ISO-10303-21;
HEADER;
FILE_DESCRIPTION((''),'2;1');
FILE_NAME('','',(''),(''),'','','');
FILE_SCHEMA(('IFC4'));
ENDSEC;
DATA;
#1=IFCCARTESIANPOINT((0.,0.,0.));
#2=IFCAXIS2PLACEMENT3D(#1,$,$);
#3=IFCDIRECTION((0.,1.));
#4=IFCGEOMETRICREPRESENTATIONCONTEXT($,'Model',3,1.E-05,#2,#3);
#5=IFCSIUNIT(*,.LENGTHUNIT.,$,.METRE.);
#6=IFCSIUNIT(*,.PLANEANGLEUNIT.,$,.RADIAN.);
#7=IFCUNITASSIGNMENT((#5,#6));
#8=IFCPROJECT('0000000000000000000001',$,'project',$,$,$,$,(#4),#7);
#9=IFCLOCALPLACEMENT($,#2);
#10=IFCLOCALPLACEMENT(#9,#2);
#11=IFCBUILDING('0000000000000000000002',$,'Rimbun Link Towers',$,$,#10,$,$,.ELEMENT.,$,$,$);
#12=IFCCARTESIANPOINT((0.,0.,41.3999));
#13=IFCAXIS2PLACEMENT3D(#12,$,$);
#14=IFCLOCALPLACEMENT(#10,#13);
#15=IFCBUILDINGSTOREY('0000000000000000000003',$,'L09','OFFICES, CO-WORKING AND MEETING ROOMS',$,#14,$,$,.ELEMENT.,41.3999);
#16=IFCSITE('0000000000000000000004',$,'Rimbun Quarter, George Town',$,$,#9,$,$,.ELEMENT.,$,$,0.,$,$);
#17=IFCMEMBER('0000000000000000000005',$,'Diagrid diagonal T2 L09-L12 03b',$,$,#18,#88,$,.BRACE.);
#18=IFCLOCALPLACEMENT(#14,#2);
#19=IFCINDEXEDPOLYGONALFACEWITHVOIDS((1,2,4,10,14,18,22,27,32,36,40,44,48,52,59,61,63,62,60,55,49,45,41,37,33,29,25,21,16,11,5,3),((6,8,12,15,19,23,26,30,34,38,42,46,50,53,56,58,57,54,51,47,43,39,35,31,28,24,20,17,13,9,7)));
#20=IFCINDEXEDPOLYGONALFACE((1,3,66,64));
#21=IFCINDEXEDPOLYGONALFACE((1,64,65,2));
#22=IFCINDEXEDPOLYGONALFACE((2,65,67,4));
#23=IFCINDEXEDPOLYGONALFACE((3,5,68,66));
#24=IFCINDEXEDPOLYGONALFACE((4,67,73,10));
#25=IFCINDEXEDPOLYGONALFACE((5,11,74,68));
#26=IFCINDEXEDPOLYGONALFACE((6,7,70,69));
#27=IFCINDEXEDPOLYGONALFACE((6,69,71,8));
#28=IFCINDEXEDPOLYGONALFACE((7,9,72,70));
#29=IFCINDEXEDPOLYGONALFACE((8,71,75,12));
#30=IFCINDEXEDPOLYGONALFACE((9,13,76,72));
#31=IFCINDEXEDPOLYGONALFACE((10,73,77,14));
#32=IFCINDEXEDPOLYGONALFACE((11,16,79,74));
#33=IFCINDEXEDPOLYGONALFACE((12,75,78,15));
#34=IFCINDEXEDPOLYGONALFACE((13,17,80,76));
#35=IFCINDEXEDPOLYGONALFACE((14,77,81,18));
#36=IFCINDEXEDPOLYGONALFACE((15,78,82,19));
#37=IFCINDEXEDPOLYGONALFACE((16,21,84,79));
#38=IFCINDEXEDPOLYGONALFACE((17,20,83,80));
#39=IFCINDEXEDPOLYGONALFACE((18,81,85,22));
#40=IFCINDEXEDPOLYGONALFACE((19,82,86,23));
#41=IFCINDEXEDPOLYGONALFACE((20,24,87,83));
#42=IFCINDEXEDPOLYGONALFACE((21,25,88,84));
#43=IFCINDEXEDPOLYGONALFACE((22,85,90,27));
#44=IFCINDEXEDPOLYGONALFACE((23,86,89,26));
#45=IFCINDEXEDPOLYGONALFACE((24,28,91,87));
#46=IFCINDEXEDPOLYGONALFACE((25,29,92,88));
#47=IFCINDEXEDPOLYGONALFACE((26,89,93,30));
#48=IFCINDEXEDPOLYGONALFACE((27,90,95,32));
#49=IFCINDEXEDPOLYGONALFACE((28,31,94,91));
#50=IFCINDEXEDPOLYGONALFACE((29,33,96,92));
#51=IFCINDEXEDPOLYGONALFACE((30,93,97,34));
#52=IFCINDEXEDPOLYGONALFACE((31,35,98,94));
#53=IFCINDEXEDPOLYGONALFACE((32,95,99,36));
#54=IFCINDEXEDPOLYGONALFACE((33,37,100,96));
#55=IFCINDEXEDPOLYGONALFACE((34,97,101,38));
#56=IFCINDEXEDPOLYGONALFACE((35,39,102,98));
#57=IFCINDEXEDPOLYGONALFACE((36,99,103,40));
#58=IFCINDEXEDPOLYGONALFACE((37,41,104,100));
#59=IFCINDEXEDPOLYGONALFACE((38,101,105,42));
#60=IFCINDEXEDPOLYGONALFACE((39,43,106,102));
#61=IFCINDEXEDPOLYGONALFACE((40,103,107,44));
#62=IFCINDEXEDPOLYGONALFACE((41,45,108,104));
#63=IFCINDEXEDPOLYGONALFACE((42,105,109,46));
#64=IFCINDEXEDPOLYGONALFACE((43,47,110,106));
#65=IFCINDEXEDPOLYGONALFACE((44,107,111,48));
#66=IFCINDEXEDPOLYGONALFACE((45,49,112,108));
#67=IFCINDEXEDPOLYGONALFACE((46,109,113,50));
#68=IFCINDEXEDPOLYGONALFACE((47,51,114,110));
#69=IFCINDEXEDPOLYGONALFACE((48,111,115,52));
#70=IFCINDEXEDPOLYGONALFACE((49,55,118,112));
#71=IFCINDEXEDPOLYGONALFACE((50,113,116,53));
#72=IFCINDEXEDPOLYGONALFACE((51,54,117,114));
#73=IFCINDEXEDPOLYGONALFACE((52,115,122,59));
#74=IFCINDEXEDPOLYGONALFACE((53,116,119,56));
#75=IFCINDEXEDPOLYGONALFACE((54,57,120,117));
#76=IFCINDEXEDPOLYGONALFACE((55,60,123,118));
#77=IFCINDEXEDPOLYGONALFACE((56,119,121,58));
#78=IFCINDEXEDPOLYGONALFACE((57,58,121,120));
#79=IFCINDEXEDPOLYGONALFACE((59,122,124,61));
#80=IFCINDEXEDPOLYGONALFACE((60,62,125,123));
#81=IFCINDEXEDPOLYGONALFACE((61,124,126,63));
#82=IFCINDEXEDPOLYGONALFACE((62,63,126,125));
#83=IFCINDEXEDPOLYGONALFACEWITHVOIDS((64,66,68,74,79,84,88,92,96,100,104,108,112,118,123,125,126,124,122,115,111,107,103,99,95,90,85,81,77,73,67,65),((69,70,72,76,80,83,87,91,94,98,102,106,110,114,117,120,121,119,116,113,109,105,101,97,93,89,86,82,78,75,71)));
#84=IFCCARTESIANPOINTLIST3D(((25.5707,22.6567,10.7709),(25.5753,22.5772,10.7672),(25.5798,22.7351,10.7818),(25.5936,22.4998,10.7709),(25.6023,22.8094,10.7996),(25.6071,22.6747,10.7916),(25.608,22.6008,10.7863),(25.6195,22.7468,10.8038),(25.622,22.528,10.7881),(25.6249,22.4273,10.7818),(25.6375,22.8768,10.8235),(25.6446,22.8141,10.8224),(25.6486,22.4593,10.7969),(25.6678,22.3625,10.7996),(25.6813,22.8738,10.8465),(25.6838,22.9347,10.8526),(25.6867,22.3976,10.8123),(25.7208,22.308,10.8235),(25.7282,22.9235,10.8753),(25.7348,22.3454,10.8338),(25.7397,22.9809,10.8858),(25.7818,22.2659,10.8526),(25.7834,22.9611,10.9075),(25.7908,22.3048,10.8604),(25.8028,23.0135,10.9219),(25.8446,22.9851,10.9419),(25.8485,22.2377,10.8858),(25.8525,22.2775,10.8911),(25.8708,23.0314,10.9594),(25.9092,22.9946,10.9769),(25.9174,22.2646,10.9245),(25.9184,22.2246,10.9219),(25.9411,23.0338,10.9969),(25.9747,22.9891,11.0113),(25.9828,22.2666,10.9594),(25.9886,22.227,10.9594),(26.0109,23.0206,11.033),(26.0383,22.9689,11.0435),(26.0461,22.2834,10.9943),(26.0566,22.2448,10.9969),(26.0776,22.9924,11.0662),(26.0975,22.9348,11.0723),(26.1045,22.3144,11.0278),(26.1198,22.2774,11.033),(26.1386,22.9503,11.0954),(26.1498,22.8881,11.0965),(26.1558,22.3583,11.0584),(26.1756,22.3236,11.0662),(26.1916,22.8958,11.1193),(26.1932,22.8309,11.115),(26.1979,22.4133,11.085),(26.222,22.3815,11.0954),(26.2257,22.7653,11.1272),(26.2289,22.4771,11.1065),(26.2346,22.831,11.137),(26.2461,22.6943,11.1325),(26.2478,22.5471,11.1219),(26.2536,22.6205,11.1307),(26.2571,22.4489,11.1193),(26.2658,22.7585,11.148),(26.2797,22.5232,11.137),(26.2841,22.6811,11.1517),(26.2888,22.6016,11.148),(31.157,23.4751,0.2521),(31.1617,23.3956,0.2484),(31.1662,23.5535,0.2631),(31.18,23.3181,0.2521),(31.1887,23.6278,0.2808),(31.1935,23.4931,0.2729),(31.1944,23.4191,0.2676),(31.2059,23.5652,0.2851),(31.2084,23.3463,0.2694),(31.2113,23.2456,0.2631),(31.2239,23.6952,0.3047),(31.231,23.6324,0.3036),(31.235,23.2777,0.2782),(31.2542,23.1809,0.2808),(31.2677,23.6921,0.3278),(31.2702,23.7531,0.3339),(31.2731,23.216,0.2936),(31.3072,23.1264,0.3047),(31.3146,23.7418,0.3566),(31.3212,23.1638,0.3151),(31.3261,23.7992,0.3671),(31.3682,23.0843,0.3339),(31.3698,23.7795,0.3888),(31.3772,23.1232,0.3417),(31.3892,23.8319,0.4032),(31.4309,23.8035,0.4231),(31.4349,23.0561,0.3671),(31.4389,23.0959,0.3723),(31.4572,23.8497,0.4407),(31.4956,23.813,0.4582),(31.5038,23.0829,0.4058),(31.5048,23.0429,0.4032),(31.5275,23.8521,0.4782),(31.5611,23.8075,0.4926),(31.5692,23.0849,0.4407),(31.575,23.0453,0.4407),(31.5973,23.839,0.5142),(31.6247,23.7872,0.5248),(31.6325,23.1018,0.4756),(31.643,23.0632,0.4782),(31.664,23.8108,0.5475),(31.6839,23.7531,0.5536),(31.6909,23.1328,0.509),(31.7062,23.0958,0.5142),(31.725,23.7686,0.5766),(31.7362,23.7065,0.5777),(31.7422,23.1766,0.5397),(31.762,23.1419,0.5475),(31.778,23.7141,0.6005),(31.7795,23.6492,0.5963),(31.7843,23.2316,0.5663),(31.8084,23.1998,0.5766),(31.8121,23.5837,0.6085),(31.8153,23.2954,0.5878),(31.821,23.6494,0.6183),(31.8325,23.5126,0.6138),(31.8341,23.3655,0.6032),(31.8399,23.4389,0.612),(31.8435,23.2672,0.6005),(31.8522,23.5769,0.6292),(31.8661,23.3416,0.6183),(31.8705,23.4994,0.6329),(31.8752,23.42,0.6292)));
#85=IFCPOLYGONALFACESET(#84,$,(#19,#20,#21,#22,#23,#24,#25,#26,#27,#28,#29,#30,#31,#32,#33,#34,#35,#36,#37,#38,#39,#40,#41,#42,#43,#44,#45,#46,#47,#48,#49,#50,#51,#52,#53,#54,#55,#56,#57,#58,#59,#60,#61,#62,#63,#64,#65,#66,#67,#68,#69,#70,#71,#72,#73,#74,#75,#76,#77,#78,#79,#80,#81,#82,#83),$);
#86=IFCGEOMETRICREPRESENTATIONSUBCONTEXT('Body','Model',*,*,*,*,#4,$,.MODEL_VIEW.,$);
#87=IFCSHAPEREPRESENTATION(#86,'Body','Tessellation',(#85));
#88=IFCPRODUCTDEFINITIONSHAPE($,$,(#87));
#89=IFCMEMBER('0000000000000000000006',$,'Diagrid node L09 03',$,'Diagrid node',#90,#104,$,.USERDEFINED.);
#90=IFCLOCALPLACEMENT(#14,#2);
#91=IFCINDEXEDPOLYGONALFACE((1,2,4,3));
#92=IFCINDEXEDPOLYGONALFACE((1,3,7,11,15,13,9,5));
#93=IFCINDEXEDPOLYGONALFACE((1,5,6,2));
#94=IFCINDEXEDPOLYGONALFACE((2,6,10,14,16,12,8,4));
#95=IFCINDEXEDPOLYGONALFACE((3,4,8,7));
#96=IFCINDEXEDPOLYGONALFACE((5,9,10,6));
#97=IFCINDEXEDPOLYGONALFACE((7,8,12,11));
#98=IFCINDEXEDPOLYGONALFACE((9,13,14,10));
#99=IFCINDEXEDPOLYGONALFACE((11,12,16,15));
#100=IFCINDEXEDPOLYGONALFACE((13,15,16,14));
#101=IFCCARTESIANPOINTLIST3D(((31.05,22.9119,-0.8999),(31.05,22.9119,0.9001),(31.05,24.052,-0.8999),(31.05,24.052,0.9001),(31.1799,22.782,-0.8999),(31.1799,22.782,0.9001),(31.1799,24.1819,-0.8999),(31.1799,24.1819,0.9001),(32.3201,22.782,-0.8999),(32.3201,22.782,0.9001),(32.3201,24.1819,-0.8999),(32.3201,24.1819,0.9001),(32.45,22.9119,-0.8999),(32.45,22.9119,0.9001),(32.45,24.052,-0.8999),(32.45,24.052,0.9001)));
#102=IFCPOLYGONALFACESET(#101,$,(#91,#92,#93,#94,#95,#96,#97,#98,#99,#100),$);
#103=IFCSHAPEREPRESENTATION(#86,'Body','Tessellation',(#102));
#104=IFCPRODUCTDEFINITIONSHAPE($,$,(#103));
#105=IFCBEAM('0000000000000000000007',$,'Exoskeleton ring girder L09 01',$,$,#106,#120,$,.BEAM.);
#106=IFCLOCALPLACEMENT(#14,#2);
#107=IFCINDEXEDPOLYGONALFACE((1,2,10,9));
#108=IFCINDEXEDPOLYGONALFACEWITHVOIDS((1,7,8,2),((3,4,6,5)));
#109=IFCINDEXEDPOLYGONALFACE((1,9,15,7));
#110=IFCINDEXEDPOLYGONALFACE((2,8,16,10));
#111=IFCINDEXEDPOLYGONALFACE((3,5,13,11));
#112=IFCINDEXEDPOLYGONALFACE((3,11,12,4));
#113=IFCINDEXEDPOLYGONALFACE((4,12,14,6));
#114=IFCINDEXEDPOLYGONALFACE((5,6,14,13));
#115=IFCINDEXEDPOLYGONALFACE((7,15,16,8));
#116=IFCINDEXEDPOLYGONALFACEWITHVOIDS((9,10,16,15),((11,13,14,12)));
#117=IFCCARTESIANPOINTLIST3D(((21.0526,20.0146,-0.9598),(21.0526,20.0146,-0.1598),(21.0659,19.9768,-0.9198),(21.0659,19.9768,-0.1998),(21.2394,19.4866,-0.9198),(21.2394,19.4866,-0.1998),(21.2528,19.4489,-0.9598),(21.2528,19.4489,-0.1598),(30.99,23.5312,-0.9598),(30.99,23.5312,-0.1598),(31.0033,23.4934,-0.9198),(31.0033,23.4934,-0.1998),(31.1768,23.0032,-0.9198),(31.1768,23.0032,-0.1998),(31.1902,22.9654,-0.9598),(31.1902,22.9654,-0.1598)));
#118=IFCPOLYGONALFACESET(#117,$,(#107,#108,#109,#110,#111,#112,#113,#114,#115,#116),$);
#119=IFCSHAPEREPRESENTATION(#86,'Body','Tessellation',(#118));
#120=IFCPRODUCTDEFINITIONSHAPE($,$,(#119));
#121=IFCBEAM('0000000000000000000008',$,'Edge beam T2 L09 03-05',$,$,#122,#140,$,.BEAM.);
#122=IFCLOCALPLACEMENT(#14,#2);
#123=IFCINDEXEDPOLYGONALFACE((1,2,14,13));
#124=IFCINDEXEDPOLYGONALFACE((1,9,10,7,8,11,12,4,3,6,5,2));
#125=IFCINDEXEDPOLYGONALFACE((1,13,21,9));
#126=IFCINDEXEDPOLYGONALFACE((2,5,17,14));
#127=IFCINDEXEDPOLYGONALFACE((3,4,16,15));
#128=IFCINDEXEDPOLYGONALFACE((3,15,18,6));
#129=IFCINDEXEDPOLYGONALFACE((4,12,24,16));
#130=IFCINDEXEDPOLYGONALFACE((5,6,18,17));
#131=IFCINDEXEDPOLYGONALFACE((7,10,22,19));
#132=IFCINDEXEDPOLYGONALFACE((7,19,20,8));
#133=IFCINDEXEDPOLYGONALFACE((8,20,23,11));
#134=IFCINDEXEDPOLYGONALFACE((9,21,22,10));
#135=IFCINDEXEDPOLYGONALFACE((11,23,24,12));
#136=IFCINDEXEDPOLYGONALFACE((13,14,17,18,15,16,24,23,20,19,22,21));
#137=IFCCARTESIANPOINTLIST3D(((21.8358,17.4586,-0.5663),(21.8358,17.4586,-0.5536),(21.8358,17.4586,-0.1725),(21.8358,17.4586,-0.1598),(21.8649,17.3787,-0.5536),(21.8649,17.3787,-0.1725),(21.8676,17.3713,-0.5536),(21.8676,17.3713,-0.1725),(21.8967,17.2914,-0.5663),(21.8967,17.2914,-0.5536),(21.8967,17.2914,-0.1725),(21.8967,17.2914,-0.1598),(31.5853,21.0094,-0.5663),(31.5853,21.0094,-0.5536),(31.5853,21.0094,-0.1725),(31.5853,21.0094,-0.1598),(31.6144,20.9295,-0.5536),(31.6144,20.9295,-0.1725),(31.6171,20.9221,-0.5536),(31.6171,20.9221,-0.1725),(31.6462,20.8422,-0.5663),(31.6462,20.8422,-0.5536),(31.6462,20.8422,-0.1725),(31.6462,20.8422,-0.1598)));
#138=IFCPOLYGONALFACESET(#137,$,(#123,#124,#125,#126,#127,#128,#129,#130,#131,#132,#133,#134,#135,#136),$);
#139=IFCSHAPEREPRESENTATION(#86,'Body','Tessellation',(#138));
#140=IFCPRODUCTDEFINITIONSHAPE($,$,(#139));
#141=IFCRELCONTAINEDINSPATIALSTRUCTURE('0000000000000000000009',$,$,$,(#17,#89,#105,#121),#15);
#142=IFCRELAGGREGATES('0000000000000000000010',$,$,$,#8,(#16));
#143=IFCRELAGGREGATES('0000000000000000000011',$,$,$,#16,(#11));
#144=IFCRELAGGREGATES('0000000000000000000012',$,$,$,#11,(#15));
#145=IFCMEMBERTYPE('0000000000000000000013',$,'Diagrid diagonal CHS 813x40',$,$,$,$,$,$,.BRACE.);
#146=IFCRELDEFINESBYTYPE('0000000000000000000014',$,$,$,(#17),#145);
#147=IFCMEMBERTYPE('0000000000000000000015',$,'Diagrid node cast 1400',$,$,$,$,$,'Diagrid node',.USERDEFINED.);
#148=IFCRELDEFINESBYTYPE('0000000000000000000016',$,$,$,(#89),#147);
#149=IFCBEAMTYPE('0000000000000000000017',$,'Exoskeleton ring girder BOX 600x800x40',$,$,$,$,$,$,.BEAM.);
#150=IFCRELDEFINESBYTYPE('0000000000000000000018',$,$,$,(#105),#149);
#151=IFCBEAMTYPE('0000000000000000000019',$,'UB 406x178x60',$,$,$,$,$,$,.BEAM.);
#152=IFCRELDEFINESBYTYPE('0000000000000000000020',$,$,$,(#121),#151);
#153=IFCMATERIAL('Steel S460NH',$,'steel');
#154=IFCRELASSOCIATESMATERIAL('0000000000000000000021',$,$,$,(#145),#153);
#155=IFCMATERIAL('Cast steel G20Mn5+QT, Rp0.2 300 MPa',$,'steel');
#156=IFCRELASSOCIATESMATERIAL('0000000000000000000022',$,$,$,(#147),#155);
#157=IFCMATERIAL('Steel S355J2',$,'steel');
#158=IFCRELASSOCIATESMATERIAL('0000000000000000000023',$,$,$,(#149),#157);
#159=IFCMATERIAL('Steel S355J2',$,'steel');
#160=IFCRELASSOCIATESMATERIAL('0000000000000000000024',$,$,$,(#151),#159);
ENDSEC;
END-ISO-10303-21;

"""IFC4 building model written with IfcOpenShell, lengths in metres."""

from ifc_helpers import new_model, si_unit, direction, frame, origin, origin_2d, place, context, subcontext, project, spatial, polyline, hollow_rectangle, hollow_circle, i_section, outline, extrude, material, material_profile, profile_set, type_object, element, save


model = new_model("IFC4")

# Units and contexts
model_context = context("Model", 3, precision=1e-05, world=origin(), true_north=direction((0.0, 1.0)))
body_context = subcontext(model_context, "Body", "Model", "MODEL_VIEW")
ifc_project = project(units=[si_unit("LENGTHUNIT", "METRE"), si_unit("PLANEANGLEUNIT", "RADIAN")], contexts=[model_context])

# Site, building, storey
site_placement = place(None, origin())
site = spatial("IfcSite", under=ifc_project, at=site_placement, Name="Rimbun Quarter, George Town", CompositionType="ELEMENT", RefElevation=0.0)
building_placement = place(site_placement, origin())
building = spatial("IfcBuilding", under=site, at=building_placement, Name="Rimbun Link Towers", CompositionType="ELEMENT")
storey_placement = place(building_placement, frame((0.0, 0.0, 41.3999)))
storey = spatial("IfcBuildingStorey", under=building, at=storey_placement, Name="L09", Description="OFFICES, CO-WORKING AND MEETING ROOMS", CompositionType="ELEMENT", Elevation=41.3999)

# Members
ifc_material_1 = material(Name="Steel S460NH", Category="steel")
ifc_material_profile_1 = material_profile(ifc_material_1, hollow_circle(Radius=0.4065, WallThickness=0.04, at=origin_2d()), Name="Diagrid diagonal CHS 813x40")
ifc_profile_set_1 = profile_set([ifc_material_profile_1], Name="Steel S460NH")
member_type_1 = type_object("IfcMemberType", Name="Diagrid diagonal CHS 813x40", PredefinedType="BRACE", material=ifc_profile_set_1)
member_1_placement = place(storey_placement, frame((31.5161, 23.4475, 0.4407), z_axis=(-0.467942, -0.068549, 0.881097), x_axis=(0.144944, -0.98944, 0.0)))
element("IfcMember", 1, at=member_1_placement, inside=storey, type_object=member_type_1, Name="Diagrid diagonal T2 L09-L12 03b", PredefinedType="BRACE", context=body_context, shape_type="SweptSolid", body=[
    extrude(hollow_circle(Radius=0.4065, WallThickness=0.04, at=origin_2d()), origin(), (0.0, 0.0, 1.0), 11.9382),
])
ifc_material_2 = material(Name="Cast steel G20Mn5+QT, Rp0.2 300 MPa", Category="steel")
ifc_material_profile_2 = material_profile(ifc_material_2, outline(polyline([(0.7, -0.5701), (0.7, 0.5701), (0.5701, 0.7), (-0.5701, 0.7), (-0.7, 0.5701), (-0.7, -0.5701), (-0.5701, -0.7), (0.5701, -0.7), (0.7, -0.5701)])), Name="NODE 1400x1400")
ifc_profile_set_2 = profile_set([ifc_material_profile_2], Name="Cast steel G20Mn5+QT, Rp0.2 300 MPa")
member_type_2 = type_object("IfcMemberType", Name="Diagrid node cast 1400", ElementType="Diagrid node", PredefinedType="USERDEFINED", material=ifc_profile_set_2)
member_2_placement = place(storey_placement, frame((31.75, 23.4819, -0.8999), z_axis=(0.0, 0.0, 1.0), x_axis=(0.0, 1.0, 0.0)))
element("IfcMember", 2, at=member_2_placement, inside=storey, type_object=member_type_2, Name="Diagrid node L09 03", ObjectType="Diagrid node", PredefinedType="USERDEFINED", context=body_context, shape_type="SweptSolid", body=[
    extrude(outline(polyline([(0.7, -0.5701), (0.7, 0.5701), (0.5701, 0.7), (-0.5701, 0.7), (-0.7, 0.5701), (-0.7, -0.5701), (-0.5701, -0.7), (0.5701, -0.7), (0.7, -0.5701)])), origin(), (0.0, 0.0, 1.0), 1.8),
])

# Beams
ifc_material_3 = material(Name="Steel S355J2", Category="steel")
ifc_material_profile_3 = material_profile(ifc_material_3, hollow_rectangle(XDim=0.6001, YDim=0.8, WallThickness=0.04, at=origin_2d()), Name="Exoskeleton ring girder BOX 600x800x40")
ifc_profile_set_3 = profile_set([ifc_material_profile_3], Name="Steel S355J2")
beam_type_1 = type_object("IfcBeamType", Name="Exoskeleton ring girder BOX 600x800x40", PredefinedType="BEAM", material=ifc_profile_set_3)
beam_1_placement = place(storey_placement, frame((31.0901, 23.2483, -0.5598), z_axis=(-0.942715, -0.3336, 0.0), x_axis=(0.3336, -0.942715, 0.0)))
element("IfcBeam", 3, at=beam_1_placement, inside=storey, type_object=beam_type_1, Name="Exoskeleton ring girder L09 01", PredefinedType="BEAM", context=body_context, shape_type="SweptSolid", body=[
    extrude(hollow_rectangle(XDim=0.6001, YDim=0.8, WallThickness=0.04, at=origin_2d()), origin(), (0.0, 0.0, 1.0), 10.5413),
])
ifc_material_4 = material(Name="Steel S355J2", Category="steel")
ifc_material_profile_4 = material_profile(ifc_material_4, i_section(OverallWidth=0.178, OverallDepth=0.4065, WebThickness=0.0078, FlangeThickness=0.0127, at=origin_2d()), Name="UB 406x178x60")
ifc_profile_set_4 = profile_set([ifc_material_profile_4], Name="Steel S355J2")
beam_type_2 = type_object("IfcBeamType", Name="UB 406x178x60", PredefinedType="BEAM", material=ifc_profile_set_4)
beam_2_placement = place(storey_placement, frame((31.6157, 20.9258, -0.363), z_axis=(-0.939623, -0.342212, 0.0), x_axis=(0.342212, -0.939623, 0.0)))
element("IfcBeam", 4, at=beam_2_placement, inside=storey, type_object=beam_type_2, Name="Edge beam T2 L09 03-05", PredefinedType="BEAM", context=body_context, shape_type="SweptSolid", body=[
    extrude(i_section(OverallWidth=0.178, OverallDepth=0.4065, WebThickness=0.0078, FlangeThickness=0.0127, at=origin_2d()), origin(), (0.0, 0.0, 1.0), 10.376),
])

save(model, "model.ifc")
